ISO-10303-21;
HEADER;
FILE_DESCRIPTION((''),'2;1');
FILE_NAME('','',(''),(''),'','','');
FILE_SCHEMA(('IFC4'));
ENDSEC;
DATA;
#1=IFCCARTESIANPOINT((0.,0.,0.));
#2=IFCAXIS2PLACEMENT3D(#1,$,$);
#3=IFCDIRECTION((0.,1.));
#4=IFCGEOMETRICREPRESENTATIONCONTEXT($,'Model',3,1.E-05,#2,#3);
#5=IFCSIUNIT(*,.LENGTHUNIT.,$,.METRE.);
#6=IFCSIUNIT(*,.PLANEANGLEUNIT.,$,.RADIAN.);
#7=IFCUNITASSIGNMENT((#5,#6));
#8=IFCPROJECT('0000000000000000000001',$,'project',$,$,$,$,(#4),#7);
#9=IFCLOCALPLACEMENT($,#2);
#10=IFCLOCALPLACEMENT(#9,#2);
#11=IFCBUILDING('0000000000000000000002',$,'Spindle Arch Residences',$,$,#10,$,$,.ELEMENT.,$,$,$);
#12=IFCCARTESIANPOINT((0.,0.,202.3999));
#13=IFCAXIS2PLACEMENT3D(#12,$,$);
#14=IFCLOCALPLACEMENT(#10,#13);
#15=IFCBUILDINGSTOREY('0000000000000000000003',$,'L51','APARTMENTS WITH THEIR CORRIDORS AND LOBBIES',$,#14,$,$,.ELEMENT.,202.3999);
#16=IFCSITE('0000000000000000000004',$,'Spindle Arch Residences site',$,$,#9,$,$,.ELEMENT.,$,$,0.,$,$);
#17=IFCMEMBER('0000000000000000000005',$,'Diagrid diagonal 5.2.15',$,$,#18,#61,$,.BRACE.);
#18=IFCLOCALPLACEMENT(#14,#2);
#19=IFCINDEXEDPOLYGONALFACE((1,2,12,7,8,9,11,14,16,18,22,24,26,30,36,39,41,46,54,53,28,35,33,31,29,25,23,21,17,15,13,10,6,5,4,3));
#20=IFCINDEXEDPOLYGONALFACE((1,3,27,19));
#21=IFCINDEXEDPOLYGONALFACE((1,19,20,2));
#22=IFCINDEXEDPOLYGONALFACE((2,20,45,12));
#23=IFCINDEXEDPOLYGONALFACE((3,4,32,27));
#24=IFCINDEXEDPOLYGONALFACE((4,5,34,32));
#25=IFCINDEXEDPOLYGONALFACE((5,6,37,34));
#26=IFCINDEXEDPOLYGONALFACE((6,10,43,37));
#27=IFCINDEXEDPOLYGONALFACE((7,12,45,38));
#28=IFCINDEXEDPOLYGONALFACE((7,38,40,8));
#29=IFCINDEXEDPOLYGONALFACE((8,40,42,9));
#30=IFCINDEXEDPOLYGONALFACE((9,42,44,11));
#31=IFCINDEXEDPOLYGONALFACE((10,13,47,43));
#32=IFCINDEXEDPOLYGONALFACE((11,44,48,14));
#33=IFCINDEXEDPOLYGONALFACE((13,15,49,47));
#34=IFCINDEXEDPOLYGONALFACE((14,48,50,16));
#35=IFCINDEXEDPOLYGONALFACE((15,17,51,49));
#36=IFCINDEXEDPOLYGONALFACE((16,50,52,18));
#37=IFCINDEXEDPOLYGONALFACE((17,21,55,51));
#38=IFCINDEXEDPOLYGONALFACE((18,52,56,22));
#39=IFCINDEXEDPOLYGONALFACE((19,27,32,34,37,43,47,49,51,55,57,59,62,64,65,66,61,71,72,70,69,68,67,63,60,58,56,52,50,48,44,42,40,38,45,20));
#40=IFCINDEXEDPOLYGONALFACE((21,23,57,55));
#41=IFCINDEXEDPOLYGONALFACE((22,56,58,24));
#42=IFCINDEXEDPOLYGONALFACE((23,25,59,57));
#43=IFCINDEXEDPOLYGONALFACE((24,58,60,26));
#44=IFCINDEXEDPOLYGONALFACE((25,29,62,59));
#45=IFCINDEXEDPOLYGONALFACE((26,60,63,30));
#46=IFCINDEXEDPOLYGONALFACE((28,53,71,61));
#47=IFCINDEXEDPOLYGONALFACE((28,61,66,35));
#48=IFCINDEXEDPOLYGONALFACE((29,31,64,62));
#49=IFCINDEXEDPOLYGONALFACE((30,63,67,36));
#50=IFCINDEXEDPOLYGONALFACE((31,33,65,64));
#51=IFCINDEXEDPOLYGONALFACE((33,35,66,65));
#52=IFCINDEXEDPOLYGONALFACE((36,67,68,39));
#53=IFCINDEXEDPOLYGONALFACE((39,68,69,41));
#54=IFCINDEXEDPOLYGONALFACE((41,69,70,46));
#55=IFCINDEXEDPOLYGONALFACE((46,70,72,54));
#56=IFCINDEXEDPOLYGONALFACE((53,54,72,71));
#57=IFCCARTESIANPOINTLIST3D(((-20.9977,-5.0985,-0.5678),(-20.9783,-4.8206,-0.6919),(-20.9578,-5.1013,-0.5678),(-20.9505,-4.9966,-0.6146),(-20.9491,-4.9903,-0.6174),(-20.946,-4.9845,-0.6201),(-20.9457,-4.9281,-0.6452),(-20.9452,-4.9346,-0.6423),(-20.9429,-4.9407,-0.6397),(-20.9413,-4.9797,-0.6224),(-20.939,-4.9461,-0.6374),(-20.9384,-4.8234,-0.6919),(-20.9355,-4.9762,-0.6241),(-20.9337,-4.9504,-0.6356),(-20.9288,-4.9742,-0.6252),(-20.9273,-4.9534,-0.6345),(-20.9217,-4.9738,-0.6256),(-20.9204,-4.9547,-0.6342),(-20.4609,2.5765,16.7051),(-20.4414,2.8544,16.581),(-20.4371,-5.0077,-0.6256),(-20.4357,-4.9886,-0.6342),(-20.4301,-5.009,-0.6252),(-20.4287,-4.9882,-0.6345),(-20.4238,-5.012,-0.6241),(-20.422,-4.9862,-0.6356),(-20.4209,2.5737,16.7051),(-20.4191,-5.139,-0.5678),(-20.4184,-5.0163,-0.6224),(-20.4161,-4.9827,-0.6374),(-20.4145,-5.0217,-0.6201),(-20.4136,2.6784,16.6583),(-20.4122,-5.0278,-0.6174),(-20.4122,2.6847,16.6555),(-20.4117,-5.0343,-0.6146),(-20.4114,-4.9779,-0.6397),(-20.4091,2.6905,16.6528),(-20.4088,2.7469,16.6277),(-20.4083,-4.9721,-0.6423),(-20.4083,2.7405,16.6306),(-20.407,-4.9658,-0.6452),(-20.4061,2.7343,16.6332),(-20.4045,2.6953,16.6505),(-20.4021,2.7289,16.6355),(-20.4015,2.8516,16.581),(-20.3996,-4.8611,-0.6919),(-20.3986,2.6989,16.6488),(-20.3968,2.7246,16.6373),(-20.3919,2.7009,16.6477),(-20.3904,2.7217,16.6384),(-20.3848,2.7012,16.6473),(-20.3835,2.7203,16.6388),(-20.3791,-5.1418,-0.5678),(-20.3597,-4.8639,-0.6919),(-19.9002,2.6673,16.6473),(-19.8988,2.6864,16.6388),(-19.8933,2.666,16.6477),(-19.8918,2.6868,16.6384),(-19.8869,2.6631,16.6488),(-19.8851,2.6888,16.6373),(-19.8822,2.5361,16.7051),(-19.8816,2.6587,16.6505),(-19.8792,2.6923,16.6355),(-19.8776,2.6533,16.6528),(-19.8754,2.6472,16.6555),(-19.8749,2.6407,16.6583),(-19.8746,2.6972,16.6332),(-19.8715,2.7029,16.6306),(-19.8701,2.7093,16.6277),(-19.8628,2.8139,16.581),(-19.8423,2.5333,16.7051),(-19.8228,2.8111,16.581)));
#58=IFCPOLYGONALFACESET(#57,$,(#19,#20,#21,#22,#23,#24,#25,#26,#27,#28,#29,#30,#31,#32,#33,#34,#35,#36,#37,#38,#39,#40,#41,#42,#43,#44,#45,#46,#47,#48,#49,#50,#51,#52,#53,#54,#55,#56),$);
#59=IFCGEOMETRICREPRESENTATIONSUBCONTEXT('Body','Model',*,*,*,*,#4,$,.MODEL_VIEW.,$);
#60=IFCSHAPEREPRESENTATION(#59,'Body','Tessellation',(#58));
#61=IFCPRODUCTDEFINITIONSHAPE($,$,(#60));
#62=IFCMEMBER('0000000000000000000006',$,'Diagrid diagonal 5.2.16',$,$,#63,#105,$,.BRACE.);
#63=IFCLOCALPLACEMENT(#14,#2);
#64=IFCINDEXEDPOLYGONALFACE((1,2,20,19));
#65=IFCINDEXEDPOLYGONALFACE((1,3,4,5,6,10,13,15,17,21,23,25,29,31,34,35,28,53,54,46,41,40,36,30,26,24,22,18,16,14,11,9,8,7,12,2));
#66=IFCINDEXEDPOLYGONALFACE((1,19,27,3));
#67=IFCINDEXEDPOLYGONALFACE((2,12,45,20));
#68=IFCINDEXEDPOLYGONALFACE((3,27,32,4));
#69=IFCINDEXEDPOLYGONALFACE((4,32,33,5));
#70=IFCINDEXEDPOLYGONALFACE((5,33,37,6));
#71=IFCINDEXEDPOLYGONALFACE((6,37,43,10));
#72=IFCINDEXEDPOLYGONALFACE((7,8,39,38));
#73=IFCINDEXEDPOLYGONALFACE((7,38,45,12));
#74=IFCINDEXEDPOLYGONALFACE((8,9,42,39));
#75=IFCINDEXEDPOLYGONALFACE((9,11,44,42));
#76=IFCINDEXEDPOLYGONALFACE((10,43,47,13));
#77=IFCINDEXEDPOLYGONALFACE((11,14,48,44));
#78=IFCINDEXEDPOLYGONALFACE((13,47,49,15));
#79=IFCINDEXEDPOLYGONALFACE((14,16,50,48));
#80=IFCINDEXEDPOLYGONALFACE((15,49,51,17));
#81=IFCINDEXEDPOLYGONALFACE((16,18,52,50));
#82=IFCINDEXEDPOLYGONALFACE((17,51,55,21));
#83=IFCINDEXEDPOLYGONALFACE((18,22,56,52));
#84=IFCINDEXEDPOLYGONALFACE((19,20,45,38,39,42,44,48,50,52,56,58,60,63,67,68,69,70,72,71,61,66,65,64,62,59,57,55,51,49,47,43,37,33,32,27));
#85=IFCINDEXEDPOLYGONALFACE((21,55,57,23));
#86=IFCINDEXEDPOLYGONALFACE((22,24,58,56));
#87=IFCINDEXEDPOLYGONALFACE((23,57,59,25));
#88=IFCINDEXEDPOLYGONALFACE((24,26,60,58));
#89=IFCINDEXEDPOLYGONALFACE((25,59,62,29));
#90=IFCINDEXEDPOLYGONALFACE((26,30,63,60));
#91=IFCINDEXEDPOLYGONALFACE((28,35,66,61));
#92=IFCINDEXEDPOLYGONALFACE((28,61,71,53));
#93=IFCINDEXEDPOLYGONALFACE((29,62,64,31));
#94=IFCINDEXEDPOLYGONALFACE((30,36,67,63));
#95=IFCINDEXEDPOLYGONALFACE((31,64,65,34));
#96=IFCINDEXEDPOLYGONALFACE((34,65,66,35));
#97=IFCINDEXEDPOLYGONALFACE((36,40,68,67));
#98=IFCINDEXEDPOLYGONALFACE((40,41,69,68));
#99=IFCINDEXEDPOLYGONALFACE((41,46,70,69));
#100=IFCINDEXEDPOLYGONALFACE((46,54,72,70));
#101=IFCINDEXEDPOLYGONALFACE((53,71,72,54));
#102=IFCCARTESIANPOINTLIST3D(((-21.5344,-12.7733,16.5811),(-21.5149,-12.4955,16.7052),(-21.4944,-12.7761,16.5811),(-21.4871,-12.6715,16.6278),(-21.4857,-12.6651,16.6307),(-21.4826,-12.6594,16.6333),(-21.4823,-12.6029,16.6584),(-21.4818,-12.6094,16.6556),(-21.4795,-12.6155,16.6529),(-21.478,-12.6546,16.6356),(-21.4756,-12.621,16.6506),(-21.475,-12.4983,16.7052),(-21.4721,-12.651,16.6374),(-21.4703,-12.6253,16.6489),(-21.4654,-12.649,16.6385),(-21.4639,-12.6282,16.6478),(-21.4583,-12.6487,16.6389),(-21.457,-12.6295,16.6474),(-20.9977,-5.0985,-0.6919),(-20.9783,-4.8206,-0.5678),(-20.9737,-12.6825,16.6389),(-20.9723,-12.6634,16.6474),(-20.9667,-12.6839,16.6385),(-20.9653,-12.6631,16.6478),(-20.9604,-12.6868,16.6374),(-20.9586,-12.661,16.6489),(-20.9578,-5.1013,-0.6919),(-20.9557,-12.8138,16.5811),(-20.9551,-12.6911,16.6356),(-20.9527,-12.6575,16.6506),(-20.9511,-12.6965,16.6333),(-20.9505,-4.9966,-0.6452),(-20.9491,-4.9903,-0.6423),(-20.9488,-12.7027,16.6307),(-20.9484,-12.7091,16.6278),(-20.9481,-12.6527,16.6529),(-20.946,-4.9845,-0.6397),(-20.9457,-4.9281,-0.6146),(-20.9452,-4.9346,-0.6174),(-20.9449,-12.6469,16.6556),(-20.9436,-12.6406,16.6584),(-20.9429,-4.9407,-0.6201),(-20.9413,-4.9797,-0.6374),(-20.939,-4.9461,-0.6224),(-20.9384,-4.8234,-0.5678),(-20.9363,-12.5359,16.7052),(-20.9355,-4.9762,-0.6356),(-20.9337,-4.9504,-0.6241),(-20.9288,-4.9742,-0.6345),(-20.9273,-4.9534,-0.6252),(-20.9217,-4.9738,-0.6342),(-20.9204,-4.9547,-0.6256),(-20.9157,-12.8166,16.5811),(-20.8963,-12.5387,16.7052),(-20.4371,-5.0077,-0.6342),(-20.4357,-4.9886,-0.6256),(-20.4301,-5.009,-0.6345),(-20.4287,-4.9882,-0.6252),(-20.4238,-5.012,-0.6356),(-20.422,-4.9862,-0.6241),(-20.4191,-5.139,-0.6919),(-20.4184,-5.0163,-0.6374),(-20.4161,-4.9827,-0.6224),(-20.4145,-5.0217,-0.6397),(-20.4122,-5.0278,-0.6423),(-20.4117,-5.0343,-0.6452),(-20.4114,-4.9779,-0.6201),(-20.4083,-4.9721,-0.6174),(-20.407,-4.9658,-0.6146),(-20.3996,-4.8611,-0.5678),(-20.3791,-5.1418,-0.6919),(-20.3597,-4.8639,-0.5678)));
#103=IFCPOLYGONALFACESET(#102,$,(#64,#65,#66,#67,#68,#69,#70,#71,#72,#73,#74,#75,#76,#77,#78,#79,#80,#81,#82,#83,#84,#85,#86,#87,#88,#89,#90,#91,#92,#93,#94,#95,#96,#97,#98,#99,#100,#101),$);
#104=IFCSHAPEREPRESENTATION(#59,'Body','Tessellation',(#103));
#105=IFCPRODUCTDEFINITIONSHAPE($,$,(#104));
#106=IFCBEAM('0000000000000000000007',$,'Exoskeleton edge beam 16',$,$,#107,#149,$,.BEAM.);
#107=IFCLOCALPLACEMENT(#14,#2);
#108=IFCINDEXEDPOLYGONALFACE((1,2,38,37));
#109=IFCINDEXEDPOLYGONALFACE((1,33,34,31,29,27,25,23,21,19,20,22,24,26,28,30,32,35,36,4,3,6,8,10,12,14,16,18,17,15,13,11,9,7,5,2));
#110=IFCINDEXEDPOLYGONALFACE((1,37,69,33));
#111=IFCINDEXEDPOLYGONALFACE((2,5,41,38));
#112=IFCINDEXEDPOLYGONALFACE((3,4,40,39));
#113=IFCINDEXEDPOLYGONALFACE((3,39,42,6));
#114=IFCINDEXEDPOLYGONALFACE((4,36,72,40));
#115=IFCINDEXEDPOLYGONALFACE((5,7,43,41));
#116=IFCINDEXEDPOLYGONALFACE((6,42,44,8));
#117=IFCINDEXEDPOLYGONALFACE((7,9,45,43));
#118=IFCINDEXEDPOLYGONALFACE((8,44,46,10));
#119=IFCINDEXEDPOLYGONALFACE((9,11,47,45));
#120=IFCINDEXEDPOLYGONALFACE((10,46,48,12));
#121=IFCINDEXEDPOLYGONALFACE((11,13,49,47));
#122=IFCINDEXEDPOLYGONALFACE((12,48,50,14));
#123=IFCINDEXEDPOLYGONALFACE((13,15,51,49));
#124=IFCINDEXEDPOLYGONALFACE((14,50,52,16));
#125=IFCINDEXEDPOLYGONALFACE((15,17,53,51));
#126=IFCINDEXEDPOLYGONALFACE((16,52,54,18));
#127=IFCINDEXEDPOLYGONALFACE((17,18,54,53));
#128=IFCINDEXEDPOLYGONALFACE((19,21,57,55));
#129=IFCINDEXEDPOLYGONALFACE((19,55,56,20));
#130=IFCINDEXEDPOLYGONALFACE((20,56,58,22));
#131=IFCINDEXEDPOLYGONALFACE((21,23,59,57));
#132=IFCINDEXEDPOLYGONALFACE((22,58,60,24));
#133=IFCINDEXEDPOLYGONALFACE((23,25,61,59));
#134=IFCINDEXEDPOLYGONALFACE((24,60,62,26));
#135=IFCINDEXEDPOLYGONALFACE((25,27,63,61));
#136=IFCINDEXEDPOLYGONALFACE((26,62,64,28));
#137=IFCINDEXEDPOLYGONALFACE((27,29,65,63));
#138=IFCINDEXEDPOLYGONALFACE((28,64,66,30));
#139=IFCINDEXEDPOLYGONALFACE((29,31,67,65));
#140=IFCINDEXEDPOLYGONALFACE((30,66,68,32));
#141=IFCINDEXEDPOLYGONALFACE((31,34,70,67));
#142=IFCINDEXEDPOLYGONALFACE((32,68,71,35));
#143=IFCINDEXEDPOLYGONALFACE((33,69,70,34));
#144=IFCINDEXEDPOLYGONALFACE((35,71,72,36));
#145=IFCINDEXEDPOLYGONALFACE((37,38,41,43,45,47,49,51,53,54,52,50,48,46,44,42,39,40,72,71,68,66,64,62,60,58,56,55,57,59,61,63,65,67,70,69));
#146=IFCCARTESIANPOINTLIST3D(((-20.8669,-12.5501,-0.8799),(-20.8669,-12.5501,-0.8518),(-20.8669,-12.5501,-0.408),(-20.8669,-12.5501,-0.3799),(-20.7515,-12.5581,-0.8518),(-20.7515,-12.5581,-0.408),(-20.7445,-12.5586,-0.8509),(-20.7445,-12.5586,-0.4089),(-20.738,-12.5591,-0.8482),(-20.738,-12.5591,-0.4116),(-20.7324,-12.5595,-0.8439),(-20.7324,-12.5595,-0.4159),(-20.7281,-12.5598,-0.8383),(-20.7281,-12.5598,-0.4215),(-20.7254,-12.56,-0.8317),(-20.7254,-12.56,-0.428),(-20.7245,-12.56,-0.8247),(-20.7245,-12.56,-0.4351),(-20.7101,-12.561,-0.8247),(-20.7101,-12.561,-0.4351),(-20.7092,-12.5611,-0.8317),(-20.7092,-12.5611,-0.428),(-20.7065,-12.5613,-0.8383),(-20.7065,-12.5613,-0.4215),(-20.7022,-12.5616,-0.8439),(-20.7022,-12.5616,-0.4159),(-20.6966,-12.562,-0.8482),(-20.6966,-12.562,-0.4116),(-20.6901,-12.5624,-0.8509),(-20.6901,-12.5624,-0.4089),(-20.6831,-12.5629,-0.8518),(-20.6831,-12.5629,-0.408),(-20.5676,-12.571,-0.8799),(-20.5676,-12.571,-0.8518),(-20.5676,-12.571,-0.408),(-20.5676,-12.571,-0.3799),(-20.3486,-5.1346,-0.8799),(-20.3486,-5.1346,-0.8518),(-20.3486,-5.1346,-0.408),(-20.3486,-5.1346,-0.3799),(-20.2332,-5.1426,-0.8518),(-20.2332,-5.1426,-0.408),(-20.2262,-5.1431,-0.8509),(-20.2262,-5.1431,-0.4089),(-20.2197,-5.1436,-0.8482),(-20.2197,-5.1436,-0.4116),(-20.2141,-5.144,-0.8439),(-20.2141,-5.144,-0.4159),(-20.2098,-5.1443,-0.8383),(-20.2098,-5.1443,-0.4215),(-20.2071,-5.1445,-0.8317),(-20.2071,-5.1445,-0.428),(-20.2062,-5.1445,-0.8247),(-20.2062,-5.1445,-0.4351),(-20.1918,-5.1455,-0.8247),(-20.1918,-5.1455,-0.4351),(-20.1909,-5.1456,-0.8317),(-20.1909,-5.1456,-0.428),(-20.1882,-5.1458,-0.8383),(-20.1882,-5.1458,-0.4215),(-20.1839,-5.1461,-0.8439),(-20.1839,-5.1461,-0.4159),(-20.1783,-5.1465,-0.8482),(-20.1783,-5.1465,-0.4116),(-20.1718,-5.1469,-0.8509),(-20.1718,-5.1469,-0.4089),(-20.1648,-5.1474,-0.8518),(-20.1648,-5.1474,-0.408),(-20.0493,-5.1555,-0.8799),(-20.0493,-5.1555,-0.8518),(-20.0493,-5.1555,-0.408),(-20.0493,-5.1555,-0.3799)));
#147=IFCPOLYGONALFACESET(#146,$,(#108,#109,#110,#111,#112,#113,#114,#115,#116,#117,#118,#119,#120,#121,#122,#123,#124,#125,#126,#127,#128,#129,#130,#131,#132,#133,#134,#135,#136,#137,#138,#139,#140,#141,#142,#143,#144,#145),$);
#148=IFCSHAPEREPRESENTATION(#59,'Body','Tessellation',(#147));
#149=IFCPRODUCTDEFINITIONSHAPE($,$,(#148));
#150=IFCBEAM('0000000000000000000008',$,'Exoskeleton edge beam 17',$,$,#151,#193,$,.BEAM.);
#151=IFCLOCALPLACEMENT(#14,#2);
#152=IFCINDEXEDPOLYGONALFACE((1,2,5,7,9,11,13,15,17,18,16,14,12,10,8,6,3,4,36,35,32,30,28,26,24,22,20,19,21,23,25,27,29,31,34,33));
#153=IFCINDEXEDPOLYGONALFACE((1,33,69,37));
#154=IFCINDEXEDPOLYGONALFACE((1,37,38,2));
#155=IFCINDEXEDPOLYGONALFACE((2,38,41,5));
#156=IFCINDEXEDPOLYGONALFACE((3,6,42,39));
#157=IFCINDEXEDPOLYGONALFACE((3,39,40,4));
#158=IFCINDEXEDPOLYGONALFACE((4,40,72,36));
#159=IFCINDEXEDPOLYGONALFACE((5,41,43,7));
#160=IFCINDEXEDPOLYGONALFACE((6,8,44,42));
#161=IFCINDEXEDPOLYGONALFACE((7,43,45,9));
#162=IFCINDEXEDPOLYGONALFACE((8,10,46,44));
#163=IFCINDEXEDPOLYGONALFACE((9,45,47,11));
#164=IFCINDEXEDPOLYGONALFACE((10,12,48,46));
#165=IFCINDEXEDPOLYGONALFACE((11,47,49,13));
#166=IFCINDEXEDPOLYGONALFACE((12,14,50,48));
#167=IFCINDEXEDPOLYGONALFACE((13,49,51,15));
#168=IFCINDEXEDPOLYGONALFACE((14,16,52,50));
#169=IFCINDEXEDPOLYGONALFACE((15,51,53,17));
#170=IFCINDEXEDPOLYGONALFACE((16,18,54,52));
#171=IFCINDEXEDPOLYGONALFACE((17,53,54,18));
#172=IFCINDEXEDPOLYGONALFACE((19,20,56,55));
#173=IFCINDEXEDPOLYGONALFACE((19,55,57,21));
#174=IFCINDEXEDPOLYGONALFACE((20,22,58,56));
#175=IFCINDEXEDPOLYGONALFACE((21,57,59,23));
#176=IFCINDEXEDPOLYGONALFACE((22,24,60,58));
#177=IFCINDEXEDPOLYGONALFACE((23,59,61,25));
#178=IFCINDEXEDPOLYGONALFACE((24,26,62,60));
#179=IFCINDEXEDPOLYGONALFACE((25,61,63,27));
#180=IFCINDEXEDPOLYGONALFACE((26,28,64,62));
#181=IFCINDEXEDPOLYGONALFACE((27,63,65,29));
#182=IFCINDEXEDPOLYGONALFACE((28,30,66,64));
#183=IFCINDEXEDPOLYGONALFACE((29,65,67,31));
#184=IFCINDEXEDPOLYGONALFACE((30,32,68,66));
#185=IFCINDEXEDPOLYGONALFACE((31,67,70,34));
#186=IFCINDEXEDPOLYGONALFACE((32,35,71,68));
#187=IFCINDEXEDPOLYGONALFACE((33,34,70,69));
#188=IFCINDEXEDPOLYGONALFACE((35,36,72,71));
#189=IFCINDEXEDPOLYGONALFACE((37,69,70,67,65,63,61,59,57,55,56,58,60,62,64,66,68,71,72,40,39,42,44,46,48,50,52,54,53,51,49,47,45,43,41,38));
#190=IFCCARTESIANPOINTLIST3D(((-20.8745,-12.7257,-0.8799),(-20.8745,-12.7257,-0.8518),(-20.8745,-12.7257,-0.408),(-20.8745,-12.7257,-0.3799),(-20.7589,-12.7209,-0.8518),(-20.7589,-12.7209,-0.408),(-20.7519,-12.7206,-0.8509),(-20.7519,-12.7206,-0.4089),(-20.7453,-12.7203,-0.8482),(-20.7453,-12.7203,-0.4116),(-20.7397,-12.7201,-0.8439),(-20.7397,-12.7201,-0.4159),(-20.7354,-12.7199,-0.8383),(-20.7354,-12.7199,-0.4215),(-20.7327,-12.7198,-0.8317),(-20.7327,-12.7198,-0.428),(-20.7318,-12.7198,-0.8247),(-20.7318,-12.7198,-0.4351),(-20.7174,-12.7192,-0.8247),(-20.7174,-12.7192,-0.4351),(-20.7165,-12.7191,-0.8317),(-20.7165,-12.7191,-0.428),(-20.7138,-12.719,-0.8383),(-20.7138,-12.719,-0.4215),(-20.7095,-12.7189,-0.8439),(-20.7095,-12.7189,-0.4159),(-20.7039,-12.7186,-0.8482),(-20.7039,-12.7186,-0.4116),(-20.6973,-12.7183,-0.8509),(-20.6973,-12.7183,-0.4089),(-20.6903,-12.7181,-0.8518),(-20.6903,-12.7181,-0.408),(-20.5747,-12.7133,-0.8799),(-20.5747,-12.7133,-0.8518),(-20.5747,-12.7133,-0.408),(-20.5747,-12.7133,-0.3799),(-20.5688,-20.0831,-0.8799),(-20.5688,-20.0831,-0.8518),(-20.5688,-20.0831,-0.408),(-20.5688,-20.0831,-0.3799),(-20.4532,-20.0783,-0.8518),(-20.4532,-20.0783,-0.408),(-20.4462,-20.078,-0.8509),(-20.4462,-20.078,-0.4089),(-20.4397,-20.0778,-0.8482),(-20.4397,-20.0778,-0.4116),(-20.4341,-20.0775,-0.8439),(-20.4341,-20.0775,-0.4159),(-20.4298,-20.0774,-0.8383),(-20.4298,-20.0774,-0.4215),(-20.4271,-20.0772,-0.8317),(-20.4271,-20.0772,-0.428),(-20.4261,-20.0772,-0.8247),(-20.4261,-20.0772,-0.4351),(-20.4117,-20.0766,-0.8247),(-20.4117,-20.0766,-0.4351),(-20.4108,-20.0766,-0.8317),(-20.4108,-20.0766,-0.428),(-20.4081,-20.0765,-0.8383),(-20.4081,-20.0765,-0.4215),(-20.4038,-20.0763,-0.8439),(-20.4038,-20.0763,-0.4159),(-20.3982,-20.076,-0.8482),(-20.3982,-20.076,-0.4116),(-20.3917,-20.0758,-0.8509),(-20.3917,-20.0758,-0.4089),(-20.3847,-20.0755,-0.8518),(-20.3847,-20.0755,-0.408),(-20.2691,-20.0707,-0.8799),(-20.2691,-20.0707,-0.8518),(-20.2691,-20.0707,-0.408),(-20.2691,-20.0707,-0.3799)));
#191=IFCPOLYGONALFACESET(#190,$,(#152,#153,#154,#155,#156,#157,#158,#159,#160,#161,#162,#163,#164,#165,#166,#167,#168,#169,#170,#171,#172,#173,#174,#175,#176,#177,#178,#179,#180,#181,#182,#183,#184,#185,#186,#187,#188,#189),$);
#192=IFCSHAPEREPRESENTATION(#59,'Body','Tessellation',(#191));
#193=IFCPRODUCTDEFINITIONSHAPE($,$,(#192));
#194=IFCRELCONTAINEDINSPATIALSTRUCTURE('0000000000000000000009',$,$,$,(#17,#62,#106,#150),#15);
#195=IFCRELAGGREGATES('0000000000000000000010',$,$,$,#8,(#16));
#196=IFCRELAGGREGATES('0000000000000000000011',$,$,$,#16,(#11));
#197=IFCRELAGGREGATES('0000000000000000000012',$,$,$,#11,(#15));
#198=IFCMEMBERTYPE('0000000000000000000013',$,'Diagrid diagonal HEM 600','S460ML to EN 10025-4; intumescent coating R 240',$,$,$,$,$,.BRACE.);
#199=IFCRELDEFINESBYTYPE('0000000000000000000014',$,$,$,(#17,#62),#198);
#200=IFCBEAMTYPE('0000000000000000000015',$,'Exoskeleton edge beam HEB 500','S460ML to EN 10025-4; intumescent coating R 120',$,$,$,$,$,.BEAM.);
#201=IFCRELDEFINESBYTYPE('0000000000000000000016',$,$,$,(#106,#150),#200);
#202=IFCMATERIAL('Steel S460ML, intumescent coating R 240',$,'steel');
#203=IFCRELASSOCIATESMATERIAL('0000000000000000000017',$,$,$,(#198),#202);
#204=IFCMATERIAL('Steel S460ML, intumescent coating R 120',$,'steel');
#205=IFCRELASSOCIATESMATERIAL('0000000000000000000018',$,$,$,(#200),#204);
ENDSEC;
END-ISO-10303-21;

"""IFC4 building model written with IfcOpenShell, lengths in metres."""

from ifc_helpers import new_model, si_unit, direction, frame, origin, origin_2d, place, context, subcontext, project, spatial, i_section, extrude, material, material_profile, profile_set, type_object, element, save


model = new_model("IFC4")

# Units and contexts
model_context = context("Model", 3, precision=1e-05, world=origin(), true_north=direction((0.0, 1.0)))
body_context = subcontext(model_context, "Body", "Model", "MODEL_VIEW")
ifc_project = project(units=[si_unit("LENGTHUNIT", "METRE"), si_unit("PLANEANGLEUNIT", "RADIAN")], contexts=[model_context])

# Site, building, storey
site_placement = place(None, origin())
site = spatial("IfcSite", under=ifc_project, at=site_placement, Name="Spindle Arch Residences site", CompositionType="ELEMENT", RefElevation=0.0)
building_placement = place(site_placement, origin())
building = spatial("IfcBuilding", under=site, at=building_placement, Name="Spindle Arch Residences", CompositionType="ELEMENT")
storey_placement = place(building_placement, frame((0.0, 0.0, 202.3999)))
storey = spatial("IfcBuildingStorey", under=building, at=storey_placement, Name="L51", Description="APARTMENTS WITH THEIR CORRIDORS AND LOBBIES", CompositionType="ELEMENT", Elevation=202.3999)

# Members
ifc_material_1 = material(Name="Steel S460ML, intumescent coating R 240", Category="steel")
ifc_material_profile_1 = material_profile(ifc_material_1, i_section(OverallWidth=0.3049, OverallDepth=0.6201, WebThickness=0.021, FlangeThickness=0.04, FilletRadius=0.0271, at=origin_2d()), Name="HEM 600")
ifc_profile_set_1 = profile_set([ifc_material_profile_1], Name="Steel S460ML, intumescent coating R 240")
member_type_1 = type_object("IfcMemberType", Name="Diagrid diagonal HEM 600", Description="S460ML to EN 10025-4; intumescent coating R 240", PredefinedType="BRACE", material=ifc_profile_set_1)
for number, where, z_axis, x_axis, name in (
    (1, (-20.6787, -4.9812, -0.6299), (0.028392, 0.405894, 0.913479), (-0.063742, -0.911252, 0.406886), "Diagrid diagonal 5.2.15"),
    (2, (-20.6787, -4.9812, -0.6299), (-0.028379, -0.405884, 0.913484), (0.063715, 0.911259, 0.406875), "Diagrid diagonal 5.2.16"),
):
    element("IfcMember", number, at=place(storey_placement, frame(where, z_axis=z_axis, x_axis=x_axis)), inside=storey, type_object=member_type_1, Name=name, PredefinedType="BRACE", context=body_context, shape_type="SweptSolid", body=[
        extrude(i_section(OverallWidth=0.3049, OverallDepth=0.6201, WebThickness=0.021, FlangeThickness=0.04, FilletRadius=0.0271, at=origin_2d()), origin(), (0.0, 0.0, 1.0), 18.9089),
    ])

# Beams
ifc_material_2 = material(Name="Steel S460ML, intumescent coating R 120", Category="steel")
ifc_material_profile_2 = material_profile(ifc_material_2, i_section(OverallWidth=0.3, OverallDepth=0.5, WebThickness=0.0144, FlangeThickness=0.0281, FilletRadius=0.0271, at=origin_2d()), Name="HEB 500")
ifc_profile_set_2 = profile_set([ifc_material_profile_2], Name="Steel S460ML, intumescent coating R 120")
beam_type_1 = type_object("IfcBeamType", Name="Exoskeleton edge beam HEB 500", Description="S460ML to EN 10025-4; intumescent coating R 120", PredefinedType="BEAM", material=ifc_profile_set_2)
beam_1_placement = place(storey_placement, frame((-20.199, -5.145, -0.6299), z_axis=(-0.069725, -0.997566, 0.0), x_axis=(0.997566, -0.069725, 0.0)))
element("IfcBeam", 3, at=beam_1_placement, inside=storey, type_object=beam_type_1, Name="Exoskeleton edge beam 16", PredefinedType="BEAM", context=body_context, shape_type="SweptSolid", body=[
    extrude(i_section(OverallWidth=0.3, OverallDepth=0.5, WebThickness=0.0144, FlangeThickness=0.0281, FilletRadius=0.0271, at=origin_2d()), origin(), (0.0, 0.0, 1.0), 7.4336),
])
beam_2_placement = place(storey_placement, frame((-20.7246, -12.7195, -0.6299), z_axis=(0.041509, -0.999138, 0.0), x_axis=(0.999138, 0.041509, 0.0)))
element("IfcBeam", 4, at=beam_2_placement, inside=storey, type_object=beam_type_1, Name="Exoskeleton edge beam 17", PredefinedType="BEAM", context=body_context, shape_type="SweptSolid", body=[
    extrude(i_section(OverallWidth=0.3, OverallDepth=0.5, WebThickness=0.0144, FlangeThickness=0.0281, FilletRadius=0.0271, at=origin_2d()), origin(), (0.0, 0.0, 1.0), 7.3638),
])

save(model, "model.ifc")
